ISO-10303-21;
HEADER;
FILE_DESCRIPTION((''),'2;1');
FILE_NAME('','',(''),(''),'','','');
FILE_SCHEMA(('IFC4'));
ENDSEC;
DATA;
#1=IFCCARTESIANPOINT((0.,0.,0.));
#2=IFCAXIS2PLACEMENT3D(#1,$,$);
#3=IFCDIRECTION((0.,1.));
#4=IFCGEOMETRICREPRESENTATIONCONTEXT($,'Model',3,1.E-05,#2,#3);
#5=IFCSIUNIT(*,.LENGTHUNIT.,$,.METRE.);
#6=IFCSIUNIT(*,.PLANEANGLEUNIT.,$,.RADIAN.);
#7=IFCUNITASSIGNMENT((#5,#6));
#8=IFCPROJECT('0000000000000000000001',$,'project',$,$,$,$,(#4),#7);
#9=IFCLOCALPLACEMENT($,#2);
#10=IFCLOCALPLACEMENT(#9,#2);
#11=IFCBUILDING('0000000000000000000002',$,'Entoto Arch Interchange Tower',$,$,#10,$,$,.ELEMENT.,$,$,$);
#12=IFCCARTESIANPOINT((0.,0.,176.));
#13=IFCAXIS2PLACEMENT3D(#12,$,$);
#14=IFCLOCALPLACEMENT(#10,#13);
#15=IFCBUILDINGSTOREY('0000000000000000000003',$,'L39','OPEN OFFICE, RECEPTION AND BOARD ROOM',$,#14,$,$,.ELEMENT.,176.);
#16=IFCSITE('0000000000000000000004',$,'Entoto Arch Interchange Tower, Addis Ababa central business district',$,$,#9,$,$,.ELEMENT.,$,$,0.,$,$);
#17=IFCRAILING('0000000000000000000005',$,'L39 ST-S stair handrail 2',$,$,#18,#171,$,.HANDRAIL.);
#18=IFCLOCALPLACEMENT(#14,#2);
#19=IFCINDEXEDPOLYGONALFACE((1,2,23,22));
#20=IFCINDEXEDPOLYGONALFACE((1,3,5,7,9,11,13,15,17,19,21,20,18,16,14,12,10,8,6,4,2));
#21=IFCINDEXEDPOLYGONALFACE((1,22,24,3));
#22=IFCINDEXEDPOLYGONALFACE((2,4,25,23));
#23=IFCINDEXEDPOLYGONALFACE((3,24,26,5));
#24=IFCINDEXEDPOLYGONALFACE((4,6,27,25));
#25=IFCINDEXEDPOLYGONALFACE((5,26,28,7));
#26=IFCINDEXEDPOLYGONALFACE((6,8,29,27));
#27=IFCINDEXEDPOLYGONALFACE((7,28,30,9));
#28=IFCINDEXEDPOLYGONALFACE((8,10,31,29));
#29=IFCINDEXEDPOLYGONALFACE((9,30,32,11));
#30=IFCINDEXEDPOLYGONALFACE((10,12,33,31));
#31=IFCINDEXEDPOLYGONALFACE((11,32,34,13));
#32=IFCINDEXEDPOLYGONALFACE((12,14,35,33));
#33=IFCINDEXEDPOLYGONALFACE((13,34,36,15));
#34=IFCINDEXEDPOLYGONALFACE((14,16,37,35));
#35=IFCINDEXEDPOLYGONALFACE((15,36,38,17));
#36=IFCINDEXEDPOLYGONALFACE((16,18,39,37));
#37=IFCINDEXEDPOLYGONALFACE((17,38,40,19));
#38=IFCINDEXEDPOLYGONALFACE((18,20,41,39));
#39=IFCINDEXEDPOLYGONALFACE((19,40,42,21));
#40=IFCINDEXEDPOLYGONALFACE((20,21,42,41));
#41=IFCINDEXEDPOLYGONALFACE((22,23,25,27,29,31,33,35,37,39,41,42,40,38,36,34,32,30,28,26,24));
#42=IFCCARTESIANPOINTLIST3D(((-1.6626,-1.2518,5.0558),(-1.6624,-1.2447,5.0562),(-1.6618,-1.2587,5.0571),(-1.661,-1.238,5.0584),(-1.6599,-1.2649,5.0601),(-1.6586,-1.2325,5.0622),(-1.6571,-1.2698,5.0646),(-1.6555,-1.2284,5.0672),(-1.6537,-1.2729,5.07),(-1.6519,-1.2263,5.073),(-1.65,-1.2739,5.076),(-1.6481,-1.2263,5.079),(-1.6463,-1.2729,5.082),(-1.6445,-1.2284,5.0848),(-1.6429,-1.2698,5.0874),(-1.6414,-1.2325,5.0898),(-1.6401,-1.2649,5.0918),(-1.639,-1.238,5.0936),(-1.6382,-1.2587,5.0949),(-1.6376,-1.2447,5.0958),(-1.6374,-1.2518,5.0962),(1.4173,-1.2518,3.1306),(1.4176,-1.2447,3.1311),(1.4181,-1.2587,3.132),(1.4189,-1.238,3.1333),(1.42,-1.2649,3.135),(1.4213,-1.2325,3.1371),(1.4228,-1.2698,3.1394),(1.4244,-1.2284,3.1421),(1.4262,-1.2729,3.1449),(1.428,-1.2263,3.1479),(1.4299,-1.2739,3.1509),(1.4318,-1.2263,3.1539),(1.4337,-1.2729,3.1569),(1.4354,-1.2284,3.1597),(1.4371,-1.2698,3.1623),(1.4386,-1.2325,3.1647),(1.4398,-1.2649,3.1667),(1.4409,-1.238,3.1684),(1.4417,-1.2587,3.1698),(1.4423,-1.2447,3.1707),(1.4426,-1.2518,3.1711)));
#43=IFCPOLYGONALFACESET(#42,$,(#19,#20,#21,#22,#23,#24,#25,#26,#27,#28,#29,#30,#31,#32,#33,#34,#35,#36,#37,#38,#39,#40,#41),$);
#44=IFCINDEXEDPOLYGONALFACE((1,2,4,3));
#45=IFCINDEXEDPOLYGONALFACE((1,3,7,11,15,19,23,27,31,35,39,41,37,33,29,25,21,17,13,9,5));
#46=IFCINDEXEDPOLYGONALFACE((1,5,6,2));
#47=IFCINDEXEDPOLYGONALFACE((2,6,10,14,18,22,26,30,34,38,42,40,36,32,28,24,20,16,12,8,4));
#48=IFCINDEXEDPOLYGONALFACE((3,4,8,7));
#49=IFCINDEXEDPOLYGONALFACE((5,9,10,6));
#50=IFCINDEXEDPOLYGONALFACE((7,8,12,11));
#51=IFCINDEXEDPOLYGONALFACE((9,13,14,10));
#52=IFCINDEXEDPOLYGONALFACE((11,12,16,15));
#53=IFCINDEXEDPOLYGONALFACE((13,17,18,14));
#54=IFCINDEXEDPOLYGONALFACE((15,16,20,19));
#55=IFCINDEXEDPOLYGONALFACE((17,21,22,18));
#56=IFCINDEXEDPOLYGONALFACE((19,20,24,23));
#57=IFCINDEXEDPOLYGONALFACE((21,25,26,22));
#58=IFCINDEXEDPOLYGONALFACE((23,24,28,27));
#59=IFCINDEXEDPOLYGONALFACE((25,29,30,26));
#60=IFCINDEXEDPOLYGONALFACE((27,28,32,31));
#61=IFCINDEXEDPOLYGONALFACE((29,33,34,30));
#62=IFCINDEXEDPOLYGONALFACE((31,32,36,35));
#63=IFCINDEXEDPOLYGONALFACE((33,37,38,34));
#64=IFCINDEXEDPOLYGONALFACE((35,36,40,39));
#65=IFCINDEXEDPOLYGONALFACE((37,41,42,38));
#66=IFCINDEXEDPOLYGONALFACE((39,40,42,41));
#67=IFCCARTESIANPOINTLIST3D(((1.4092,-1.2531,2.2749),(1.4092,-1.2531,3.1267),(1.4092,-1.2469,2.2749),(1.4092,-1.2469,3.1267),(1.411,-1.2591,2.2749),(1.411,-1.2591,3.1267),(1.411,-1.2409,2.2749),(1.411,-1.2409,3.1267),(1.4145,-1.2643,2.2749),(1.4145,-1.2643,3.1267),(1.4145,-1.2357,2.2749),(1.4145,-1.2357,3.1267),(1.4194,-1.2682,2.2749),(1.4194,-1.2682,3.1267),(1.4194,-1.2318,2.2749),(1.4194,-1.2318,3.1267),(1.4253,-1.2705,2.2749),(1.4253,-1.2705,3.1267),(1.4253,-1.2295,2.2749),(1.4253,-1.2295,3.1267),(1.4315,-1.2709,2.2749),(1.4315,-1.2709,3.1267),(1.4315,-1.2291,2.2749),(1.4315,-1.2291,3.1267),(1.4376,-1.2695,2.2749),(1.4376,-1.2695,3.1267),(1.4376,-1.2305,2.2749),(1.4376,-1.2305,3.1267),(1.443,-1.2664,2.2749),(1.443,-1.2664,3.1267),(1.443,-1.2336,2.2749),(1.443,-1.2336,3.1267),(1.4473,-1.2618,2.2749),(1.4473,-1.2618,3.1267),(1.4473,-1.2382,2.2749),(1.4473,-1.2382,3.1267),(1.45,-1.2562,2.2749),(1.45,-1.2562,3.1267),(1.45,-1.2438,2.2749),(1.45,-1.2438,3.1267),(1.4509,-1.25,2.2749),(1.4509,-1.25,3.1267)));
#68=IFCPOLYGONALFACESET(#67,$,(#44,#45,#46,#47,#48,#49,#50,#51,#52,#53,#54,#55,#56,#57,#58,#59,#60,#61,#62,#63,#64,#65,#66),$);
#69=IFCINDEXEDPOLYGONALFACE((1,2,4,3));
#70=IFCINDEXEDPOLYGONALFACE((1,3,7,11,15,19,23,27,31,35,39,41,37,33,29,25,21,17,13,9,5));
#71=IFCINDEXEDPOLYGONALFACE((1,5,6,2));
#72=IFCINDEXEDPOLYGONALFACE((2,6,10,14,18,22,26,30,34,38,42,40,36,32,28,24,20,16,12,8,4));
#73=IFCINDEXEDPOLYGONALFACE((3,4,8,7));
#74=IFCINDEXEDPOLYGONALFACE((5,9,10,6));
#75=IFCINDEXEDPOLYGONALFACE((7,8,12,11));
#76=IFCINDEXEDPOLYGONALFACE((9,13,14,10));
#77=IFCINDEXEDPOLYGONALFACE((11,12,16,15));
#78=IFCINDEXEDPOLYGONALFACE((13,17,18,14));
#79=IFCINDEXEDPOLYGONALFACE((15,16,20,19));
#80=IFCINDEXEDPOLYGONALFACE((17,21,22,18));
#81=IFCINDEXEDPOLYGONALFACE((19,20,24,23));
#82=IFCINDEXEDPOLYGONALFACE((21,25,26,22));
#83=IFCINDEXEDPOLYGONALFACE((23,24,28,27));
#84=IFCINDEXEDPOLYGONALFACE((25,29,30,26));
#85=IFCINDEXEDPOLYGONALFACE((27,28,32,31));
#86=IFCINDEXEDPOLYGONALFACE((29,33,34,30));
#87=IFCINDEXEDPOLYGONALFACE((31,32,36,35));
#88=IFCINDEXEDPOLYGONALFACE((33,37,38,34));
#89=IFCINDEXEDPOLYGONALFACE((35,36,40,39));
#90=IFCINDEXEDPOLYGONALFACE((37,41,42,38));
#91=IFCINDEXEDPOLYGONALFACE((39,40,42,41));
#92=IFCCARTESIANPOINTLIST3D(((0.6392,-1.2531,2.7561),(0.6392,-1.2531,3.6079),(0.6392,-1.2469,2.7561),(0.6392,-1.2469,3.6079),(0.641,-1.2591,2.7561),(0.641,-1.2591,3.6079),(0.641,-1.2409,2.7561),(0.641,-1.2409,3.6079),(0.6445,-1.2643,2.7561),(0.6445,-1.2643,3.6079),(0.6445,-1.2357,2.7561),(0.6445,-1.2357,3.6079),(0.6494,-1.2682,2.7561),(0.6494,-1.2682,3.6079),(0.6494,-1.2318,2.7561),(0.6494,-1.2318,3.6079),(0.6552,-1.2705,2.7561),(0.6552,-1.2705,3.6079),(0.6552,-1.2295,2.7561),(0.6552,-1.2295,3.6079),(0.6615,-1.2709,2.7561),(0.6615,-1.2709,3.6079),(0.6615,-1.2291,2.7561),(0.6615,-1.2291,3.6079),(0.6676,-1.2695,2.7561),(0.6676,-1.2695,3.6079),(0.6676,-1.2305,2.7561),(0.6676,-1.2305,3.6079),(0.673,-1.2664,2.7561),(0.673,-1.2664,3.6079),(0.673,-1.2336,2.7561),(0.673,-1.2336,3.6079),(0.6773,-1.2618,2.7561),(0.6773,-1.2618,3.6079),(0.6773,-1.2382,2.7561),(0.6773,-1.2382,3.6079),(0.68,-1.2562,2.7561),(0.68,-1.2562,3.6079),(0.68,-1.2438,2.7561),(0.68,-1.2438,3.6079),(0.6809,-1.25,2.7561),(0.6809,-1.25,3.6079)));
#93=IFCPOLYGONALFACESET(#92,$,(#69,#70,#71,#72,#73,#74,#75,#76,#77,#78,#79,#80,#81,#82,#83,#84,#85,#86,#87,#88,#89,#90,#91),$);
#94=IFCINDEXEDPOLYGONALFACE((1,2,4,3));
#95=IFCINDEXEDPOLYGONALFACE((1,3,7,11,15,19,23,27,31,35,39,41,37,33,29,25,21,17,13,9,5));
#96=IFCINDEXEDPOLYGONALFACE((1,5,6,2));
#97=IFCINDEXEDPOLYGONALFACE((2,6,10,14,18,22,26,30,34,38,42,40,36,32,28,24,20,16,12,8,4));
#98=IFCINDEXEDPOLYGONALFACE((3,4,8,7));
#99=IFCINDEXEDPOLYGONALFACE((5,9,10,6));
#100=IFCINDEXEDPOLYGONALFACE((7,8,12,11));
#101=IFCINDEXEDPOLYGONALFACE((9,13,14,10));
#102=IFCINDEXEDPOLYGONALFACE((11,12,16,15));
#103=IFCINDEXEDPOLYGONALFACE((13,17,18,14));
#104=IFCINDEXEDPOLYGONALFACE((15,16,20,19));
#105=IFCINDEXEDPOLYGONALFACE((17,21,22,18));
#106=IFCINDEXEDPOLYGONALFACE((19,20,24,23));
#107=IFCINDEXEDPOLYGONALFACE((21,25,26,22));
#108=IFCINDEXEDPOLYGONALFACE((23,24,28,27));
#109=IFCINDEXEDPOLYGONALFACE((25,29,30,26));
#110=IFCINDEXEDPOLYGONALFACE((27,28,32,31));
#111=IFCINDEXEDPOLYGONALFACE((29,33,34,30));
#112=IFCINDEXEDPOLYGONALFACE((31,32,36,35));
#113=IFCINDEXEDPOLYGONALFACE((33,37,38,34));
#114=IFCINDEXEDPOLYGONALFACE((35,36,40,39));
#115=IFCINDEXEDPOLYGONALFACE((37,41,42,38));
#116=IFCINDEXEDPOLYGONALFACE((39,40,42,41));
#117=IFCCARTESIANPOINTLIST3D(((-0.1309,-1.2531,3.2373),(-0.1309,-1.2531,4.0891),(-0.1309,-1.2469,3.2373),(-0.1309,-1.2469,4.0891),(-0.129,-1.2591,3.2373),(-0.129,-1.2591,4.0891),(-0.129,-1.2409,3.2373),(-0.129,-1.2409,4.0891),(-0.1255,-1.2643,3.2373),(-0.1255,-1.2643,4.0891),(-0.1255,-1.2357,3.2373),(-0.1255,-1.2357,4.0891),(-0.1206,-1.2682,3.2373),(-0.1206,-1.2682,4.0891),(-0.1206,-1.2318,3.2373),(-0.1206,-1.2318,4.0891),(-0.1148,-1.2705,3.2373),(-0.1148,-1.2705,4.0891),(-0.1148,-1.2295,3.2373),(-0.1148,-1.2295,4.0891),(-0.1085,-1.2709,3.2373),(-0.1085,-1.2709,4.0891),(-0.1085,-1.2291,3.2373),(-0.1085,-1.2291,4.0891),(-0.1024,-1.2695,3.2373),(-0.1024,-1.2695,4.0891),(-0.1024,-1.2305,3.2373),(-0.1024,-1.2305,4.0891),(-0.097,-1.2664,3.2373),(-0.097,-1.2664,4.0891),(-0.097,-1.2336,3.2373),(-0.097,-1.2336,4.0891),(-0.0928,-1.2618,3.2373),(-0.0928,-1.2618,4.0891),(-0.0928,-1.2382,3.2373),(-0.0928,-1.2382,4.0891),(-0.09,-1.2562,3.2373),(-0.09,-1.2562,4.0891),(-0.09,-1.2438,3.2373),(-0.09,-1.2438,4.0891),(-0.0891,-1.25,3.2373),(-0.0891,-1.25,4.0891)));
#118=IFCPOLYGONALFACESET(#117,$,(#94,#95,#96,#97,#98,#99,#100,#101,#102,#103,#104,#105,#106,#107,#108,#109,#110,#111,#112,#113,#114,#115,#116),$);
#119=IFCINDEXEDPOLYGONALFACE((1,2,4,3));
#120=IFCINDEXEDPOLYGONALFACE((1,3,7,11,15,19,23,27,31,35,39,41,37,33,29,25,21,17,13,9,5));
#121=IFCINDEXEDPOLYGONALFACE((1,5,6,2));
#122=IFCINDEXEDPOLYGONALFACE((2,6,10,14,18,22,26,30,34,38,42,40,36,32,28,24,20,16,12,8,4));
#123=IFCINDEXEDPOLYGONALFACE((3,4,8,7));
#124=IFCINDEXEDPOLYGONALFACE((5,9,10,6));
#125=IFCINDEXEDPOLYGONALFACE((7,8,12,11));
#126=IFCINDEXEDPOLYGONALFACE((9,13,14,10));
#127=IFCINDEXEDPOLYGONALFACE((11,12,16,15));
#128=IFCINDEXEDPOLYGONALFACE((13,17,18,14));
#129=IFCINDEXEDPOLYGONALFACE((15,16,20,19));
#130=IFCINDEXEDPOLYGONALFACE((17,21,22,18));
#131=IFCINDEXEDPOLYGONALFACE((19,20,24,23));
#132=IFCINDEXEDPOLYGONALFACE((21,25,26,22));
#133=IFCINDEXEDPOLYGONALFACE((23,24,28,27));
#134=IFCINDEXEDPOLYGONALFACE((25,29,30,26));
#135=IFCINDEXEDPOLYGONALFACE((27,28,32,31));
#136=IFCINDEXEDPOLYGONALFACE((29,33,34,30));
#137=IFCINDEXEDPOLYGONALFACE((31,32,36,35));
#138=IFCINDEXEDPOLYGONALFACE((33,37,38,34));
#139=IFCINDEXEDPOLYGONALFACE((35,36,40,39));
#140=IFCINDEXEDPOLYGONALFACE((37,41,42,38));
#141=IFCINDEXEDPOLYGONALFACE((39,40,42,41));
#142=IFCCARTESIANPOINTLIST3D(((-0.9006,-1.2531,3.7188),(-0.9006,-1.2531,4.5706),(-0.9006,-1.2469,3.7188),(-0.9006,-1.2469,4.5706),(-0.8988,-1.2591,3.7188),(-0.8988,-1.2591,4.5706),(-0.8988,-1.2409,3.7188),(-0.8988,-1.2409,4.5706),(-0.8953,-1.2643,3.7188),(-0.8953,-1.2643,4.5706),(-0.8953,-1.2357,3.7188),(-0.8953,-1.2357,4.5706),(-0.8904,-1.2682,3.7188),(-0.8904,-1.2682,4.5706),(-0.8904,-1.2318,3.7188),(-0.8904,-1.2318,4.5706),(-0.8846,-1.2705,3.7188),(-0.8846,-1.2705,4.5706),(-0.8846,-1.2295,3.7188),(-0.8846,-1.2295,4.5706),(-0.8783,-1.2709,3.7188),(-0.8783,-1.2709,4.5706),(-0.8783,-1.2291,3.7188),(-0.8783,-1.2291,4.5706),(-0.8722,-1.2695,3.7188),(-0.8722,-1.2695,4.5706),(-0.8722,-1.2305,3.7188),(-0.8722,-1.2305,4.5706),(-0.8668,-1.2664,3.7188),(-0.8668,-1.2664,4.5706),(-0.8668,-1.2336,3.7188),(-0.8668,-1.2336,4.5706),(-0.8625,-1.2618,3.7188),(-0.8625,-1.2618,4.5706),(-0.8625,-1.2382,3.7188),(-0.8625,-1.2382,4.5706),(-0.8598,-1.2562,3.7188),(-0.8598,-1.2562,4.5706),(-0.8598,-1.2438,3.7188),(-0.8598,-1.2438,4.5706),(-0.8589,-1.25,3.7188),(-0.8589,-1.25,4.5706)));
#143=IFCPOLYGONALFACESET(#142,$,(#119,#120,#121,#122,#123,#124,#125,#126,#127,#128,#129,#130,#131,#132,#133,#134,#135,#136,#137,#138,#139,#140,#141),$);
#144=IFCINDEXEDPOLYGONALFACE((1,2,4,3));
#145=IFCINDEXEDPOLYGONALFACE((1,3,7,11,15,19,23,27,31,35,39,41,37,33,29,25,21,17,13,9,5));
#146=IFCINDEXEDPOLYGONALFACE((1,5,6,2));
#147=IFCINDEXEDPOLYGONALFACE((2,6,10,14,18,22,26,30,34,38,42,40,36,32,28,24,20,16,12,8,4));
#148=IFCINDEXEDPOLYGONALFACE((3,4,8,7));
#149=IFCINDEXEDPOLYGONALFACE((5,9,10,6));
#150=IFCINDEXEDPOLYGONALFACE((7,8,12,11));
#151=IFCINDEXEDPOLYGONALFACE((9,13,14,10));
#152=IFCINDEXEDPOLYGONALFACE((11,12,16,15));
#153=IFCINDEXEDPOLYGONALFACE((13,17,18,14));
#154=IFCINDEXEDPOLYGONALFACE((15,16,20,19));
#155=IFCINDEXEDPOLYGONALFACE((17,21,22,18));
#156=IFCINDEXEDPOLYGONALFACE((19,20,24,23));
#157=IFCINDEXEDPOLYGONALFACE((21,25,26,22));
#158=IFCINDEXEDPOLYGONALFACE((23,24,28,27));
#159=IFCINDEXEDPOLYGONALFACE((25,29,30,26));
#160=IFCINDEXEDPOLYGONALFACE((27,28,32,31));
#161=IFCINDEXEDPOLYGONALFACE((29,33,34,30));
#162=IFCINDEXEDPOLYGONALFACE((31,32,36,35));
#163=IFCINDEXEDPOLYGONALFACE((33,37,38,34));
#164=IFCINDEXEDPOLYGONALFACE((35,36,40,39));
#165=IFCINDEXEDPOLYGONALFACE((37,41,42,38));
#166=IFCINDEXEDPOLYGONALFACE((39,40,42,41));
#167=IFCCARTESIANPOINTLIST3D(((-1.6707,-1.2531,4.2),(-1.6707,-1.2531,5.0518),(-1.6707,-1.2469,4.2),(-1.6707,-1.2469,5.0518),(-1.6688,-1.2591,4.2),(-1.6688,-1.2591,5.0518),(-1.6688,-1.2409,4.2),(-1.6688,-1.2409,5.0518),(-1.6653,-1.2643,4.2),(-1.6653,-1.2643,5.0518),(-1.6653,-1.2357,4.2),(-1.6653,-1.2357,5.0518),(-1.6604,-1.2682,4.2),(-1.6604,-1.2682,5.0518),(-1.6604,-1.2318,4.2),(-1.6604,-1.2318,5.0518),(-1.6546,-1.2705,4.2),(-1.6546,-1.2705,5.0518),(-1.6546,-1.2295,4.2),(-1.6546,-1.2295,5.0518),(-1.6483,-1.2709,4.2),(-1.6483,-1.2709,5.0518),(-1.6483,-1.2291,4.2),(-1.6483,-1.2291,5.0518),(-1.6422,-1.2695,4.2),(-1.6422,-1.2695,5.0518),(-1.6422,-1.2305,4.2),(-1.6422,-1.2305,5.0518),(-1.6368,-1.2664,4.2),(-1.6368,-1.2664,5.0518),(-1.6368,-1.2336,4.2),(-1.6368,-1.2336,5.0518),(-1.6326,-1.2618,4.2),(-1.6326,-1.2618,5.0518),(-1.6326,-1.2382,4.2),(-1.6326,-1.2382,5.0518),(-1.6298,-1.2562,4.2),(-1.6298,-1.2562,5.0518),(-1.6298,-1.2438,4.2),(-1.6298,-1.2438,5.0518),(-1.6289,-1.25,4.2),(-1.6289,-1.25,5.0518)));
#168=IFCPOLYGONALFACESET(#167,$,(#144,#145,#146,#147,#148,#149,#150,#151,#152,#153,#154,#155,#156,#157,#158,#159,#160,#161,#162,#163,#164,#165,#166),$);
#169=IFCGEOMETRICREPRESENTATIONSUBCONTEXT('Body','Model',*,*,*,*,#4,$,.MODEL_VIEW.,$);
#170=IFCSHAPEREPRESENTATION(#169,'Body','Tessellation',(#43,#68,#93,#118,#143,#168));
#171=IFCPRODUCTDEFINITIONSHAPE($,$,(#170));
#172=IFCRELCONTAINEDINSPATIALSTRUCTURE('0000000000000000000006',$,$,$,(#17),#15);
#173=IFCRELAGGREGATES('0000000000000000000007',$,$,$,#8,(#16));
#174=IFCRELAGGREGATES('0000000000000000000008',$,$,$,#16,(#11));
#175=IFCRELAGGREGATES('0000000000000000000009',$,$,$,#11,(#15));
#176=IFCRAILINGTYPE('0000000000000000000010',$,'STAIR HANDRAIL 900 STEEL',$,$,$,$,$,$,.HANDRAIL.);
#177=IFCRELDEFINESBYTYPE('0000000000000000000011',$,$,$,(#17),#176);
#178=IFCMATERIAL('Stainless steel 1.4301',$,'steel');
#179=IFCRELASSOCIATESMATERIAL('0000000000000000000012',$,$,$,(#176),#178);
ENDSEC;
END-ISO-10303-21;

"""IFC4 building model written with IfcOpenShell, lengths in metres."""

from ifc_helpers import new_model, si_unit, direction, frame, origin, origin_2d, place, context, subcontext, project, spatial, circle, extrude, material, type_object, element, save


model = new_model("IFC4")

# Units and contexts
model_context = context("Model", 3, precision=1e-05, world=origin(), true_north=direction((0.0, 1.0)))
body_context = subcontext(model_context, "Body", "Model", "MODEL_VIEW")
ifc_project = project(units=[si_unit("LENGTHUNIT", "METRE"), si_unit("PLANEANGLEUNIT", "RADIAN")], contexts=[model_context])

# Site, building, storey
site_placement = place(None, origin())
site = spatial("IfcSite", under=ifc_project, at=site_placement, Name="Entoto Arch Interchange Tower, Addis Ababa central business district", CompositionType="ELEMENT", RefElevation=0.0)
building_placement = place(site_placement, origin())
building = spatial("IfcBuilding", under=site, at=building_placement, Name="Entoto Arch Interchange Tower", CompositionType="ELEMENT")
storey_placement = place(building_placement, frame((0.0, 0.0, 176.0)))
storey = spatial("IfcBuildingStorey", under=building, at=storey_placement, Name="L39", Description="OPEN OFFICE, RECEPTION AND BOARD ROOM", CompositionType="ELEMENT", Elevation=176.0)

# Railing
ifc_material_1 = material(Name="Stainless steel 1.4301", Category="steel")
railing_type_1 = type_object("IfcRailingType", Name="STAIR HANDRAIL 900 STEEL", PredefinedType="HANDRAIL", material=ifc_material_1)
railing_1_placement = place(storey_placement, frame((1.4299, -1.25, 2.2749)))
element("IfcRailing", 1, at=railing_1_placement, inside=storey, type_object=railing_type_1, Name="L39 ST-S stair handrail 2", PredefinedType="HANDRAIL", context=body_context, shape_type="SweptSolid", body=[
    extrude(circle(Radius=0.0239, at=origin_2d()), frame((0.0, 0.0, 0.876), z_axis=(-0.847979, 0.0, 0.530029), x_axis=(0.0, -1.0, 0.0)), (0.0, 0.0, 1.0), 3.6321),
    extrude(circle(Radius=0.021, at=origin_2d()), origin(), (0.0, 0.0, 1.0), 0.8518),
    extrude(circle(Radius=0.021, at=origin_2d()), frame((-0.77, 0.0, 0.4812)), (0.0, 0.0, 1.0), 0.8518),
    extrude(circle(Radius=0.021, at=origin_2d()), frame((-1.54, 0.0, 0.9624)), (0.0, 0.0, 1.0), 0.8518),
    extrude(circle(Radius=0.021, at=origin_2d()), frame((-2.3098, 0.0, 1.4438)), (0.0, 0.0, 1.0), 0.8518),
    extrude(circle(Radius=0.021, at=origin_2d()), frame((-3.0798, 0.0, 1.925)), (0.0, 0.0, 1.0), 0.8518),
])

save(model, "model.ifc")
